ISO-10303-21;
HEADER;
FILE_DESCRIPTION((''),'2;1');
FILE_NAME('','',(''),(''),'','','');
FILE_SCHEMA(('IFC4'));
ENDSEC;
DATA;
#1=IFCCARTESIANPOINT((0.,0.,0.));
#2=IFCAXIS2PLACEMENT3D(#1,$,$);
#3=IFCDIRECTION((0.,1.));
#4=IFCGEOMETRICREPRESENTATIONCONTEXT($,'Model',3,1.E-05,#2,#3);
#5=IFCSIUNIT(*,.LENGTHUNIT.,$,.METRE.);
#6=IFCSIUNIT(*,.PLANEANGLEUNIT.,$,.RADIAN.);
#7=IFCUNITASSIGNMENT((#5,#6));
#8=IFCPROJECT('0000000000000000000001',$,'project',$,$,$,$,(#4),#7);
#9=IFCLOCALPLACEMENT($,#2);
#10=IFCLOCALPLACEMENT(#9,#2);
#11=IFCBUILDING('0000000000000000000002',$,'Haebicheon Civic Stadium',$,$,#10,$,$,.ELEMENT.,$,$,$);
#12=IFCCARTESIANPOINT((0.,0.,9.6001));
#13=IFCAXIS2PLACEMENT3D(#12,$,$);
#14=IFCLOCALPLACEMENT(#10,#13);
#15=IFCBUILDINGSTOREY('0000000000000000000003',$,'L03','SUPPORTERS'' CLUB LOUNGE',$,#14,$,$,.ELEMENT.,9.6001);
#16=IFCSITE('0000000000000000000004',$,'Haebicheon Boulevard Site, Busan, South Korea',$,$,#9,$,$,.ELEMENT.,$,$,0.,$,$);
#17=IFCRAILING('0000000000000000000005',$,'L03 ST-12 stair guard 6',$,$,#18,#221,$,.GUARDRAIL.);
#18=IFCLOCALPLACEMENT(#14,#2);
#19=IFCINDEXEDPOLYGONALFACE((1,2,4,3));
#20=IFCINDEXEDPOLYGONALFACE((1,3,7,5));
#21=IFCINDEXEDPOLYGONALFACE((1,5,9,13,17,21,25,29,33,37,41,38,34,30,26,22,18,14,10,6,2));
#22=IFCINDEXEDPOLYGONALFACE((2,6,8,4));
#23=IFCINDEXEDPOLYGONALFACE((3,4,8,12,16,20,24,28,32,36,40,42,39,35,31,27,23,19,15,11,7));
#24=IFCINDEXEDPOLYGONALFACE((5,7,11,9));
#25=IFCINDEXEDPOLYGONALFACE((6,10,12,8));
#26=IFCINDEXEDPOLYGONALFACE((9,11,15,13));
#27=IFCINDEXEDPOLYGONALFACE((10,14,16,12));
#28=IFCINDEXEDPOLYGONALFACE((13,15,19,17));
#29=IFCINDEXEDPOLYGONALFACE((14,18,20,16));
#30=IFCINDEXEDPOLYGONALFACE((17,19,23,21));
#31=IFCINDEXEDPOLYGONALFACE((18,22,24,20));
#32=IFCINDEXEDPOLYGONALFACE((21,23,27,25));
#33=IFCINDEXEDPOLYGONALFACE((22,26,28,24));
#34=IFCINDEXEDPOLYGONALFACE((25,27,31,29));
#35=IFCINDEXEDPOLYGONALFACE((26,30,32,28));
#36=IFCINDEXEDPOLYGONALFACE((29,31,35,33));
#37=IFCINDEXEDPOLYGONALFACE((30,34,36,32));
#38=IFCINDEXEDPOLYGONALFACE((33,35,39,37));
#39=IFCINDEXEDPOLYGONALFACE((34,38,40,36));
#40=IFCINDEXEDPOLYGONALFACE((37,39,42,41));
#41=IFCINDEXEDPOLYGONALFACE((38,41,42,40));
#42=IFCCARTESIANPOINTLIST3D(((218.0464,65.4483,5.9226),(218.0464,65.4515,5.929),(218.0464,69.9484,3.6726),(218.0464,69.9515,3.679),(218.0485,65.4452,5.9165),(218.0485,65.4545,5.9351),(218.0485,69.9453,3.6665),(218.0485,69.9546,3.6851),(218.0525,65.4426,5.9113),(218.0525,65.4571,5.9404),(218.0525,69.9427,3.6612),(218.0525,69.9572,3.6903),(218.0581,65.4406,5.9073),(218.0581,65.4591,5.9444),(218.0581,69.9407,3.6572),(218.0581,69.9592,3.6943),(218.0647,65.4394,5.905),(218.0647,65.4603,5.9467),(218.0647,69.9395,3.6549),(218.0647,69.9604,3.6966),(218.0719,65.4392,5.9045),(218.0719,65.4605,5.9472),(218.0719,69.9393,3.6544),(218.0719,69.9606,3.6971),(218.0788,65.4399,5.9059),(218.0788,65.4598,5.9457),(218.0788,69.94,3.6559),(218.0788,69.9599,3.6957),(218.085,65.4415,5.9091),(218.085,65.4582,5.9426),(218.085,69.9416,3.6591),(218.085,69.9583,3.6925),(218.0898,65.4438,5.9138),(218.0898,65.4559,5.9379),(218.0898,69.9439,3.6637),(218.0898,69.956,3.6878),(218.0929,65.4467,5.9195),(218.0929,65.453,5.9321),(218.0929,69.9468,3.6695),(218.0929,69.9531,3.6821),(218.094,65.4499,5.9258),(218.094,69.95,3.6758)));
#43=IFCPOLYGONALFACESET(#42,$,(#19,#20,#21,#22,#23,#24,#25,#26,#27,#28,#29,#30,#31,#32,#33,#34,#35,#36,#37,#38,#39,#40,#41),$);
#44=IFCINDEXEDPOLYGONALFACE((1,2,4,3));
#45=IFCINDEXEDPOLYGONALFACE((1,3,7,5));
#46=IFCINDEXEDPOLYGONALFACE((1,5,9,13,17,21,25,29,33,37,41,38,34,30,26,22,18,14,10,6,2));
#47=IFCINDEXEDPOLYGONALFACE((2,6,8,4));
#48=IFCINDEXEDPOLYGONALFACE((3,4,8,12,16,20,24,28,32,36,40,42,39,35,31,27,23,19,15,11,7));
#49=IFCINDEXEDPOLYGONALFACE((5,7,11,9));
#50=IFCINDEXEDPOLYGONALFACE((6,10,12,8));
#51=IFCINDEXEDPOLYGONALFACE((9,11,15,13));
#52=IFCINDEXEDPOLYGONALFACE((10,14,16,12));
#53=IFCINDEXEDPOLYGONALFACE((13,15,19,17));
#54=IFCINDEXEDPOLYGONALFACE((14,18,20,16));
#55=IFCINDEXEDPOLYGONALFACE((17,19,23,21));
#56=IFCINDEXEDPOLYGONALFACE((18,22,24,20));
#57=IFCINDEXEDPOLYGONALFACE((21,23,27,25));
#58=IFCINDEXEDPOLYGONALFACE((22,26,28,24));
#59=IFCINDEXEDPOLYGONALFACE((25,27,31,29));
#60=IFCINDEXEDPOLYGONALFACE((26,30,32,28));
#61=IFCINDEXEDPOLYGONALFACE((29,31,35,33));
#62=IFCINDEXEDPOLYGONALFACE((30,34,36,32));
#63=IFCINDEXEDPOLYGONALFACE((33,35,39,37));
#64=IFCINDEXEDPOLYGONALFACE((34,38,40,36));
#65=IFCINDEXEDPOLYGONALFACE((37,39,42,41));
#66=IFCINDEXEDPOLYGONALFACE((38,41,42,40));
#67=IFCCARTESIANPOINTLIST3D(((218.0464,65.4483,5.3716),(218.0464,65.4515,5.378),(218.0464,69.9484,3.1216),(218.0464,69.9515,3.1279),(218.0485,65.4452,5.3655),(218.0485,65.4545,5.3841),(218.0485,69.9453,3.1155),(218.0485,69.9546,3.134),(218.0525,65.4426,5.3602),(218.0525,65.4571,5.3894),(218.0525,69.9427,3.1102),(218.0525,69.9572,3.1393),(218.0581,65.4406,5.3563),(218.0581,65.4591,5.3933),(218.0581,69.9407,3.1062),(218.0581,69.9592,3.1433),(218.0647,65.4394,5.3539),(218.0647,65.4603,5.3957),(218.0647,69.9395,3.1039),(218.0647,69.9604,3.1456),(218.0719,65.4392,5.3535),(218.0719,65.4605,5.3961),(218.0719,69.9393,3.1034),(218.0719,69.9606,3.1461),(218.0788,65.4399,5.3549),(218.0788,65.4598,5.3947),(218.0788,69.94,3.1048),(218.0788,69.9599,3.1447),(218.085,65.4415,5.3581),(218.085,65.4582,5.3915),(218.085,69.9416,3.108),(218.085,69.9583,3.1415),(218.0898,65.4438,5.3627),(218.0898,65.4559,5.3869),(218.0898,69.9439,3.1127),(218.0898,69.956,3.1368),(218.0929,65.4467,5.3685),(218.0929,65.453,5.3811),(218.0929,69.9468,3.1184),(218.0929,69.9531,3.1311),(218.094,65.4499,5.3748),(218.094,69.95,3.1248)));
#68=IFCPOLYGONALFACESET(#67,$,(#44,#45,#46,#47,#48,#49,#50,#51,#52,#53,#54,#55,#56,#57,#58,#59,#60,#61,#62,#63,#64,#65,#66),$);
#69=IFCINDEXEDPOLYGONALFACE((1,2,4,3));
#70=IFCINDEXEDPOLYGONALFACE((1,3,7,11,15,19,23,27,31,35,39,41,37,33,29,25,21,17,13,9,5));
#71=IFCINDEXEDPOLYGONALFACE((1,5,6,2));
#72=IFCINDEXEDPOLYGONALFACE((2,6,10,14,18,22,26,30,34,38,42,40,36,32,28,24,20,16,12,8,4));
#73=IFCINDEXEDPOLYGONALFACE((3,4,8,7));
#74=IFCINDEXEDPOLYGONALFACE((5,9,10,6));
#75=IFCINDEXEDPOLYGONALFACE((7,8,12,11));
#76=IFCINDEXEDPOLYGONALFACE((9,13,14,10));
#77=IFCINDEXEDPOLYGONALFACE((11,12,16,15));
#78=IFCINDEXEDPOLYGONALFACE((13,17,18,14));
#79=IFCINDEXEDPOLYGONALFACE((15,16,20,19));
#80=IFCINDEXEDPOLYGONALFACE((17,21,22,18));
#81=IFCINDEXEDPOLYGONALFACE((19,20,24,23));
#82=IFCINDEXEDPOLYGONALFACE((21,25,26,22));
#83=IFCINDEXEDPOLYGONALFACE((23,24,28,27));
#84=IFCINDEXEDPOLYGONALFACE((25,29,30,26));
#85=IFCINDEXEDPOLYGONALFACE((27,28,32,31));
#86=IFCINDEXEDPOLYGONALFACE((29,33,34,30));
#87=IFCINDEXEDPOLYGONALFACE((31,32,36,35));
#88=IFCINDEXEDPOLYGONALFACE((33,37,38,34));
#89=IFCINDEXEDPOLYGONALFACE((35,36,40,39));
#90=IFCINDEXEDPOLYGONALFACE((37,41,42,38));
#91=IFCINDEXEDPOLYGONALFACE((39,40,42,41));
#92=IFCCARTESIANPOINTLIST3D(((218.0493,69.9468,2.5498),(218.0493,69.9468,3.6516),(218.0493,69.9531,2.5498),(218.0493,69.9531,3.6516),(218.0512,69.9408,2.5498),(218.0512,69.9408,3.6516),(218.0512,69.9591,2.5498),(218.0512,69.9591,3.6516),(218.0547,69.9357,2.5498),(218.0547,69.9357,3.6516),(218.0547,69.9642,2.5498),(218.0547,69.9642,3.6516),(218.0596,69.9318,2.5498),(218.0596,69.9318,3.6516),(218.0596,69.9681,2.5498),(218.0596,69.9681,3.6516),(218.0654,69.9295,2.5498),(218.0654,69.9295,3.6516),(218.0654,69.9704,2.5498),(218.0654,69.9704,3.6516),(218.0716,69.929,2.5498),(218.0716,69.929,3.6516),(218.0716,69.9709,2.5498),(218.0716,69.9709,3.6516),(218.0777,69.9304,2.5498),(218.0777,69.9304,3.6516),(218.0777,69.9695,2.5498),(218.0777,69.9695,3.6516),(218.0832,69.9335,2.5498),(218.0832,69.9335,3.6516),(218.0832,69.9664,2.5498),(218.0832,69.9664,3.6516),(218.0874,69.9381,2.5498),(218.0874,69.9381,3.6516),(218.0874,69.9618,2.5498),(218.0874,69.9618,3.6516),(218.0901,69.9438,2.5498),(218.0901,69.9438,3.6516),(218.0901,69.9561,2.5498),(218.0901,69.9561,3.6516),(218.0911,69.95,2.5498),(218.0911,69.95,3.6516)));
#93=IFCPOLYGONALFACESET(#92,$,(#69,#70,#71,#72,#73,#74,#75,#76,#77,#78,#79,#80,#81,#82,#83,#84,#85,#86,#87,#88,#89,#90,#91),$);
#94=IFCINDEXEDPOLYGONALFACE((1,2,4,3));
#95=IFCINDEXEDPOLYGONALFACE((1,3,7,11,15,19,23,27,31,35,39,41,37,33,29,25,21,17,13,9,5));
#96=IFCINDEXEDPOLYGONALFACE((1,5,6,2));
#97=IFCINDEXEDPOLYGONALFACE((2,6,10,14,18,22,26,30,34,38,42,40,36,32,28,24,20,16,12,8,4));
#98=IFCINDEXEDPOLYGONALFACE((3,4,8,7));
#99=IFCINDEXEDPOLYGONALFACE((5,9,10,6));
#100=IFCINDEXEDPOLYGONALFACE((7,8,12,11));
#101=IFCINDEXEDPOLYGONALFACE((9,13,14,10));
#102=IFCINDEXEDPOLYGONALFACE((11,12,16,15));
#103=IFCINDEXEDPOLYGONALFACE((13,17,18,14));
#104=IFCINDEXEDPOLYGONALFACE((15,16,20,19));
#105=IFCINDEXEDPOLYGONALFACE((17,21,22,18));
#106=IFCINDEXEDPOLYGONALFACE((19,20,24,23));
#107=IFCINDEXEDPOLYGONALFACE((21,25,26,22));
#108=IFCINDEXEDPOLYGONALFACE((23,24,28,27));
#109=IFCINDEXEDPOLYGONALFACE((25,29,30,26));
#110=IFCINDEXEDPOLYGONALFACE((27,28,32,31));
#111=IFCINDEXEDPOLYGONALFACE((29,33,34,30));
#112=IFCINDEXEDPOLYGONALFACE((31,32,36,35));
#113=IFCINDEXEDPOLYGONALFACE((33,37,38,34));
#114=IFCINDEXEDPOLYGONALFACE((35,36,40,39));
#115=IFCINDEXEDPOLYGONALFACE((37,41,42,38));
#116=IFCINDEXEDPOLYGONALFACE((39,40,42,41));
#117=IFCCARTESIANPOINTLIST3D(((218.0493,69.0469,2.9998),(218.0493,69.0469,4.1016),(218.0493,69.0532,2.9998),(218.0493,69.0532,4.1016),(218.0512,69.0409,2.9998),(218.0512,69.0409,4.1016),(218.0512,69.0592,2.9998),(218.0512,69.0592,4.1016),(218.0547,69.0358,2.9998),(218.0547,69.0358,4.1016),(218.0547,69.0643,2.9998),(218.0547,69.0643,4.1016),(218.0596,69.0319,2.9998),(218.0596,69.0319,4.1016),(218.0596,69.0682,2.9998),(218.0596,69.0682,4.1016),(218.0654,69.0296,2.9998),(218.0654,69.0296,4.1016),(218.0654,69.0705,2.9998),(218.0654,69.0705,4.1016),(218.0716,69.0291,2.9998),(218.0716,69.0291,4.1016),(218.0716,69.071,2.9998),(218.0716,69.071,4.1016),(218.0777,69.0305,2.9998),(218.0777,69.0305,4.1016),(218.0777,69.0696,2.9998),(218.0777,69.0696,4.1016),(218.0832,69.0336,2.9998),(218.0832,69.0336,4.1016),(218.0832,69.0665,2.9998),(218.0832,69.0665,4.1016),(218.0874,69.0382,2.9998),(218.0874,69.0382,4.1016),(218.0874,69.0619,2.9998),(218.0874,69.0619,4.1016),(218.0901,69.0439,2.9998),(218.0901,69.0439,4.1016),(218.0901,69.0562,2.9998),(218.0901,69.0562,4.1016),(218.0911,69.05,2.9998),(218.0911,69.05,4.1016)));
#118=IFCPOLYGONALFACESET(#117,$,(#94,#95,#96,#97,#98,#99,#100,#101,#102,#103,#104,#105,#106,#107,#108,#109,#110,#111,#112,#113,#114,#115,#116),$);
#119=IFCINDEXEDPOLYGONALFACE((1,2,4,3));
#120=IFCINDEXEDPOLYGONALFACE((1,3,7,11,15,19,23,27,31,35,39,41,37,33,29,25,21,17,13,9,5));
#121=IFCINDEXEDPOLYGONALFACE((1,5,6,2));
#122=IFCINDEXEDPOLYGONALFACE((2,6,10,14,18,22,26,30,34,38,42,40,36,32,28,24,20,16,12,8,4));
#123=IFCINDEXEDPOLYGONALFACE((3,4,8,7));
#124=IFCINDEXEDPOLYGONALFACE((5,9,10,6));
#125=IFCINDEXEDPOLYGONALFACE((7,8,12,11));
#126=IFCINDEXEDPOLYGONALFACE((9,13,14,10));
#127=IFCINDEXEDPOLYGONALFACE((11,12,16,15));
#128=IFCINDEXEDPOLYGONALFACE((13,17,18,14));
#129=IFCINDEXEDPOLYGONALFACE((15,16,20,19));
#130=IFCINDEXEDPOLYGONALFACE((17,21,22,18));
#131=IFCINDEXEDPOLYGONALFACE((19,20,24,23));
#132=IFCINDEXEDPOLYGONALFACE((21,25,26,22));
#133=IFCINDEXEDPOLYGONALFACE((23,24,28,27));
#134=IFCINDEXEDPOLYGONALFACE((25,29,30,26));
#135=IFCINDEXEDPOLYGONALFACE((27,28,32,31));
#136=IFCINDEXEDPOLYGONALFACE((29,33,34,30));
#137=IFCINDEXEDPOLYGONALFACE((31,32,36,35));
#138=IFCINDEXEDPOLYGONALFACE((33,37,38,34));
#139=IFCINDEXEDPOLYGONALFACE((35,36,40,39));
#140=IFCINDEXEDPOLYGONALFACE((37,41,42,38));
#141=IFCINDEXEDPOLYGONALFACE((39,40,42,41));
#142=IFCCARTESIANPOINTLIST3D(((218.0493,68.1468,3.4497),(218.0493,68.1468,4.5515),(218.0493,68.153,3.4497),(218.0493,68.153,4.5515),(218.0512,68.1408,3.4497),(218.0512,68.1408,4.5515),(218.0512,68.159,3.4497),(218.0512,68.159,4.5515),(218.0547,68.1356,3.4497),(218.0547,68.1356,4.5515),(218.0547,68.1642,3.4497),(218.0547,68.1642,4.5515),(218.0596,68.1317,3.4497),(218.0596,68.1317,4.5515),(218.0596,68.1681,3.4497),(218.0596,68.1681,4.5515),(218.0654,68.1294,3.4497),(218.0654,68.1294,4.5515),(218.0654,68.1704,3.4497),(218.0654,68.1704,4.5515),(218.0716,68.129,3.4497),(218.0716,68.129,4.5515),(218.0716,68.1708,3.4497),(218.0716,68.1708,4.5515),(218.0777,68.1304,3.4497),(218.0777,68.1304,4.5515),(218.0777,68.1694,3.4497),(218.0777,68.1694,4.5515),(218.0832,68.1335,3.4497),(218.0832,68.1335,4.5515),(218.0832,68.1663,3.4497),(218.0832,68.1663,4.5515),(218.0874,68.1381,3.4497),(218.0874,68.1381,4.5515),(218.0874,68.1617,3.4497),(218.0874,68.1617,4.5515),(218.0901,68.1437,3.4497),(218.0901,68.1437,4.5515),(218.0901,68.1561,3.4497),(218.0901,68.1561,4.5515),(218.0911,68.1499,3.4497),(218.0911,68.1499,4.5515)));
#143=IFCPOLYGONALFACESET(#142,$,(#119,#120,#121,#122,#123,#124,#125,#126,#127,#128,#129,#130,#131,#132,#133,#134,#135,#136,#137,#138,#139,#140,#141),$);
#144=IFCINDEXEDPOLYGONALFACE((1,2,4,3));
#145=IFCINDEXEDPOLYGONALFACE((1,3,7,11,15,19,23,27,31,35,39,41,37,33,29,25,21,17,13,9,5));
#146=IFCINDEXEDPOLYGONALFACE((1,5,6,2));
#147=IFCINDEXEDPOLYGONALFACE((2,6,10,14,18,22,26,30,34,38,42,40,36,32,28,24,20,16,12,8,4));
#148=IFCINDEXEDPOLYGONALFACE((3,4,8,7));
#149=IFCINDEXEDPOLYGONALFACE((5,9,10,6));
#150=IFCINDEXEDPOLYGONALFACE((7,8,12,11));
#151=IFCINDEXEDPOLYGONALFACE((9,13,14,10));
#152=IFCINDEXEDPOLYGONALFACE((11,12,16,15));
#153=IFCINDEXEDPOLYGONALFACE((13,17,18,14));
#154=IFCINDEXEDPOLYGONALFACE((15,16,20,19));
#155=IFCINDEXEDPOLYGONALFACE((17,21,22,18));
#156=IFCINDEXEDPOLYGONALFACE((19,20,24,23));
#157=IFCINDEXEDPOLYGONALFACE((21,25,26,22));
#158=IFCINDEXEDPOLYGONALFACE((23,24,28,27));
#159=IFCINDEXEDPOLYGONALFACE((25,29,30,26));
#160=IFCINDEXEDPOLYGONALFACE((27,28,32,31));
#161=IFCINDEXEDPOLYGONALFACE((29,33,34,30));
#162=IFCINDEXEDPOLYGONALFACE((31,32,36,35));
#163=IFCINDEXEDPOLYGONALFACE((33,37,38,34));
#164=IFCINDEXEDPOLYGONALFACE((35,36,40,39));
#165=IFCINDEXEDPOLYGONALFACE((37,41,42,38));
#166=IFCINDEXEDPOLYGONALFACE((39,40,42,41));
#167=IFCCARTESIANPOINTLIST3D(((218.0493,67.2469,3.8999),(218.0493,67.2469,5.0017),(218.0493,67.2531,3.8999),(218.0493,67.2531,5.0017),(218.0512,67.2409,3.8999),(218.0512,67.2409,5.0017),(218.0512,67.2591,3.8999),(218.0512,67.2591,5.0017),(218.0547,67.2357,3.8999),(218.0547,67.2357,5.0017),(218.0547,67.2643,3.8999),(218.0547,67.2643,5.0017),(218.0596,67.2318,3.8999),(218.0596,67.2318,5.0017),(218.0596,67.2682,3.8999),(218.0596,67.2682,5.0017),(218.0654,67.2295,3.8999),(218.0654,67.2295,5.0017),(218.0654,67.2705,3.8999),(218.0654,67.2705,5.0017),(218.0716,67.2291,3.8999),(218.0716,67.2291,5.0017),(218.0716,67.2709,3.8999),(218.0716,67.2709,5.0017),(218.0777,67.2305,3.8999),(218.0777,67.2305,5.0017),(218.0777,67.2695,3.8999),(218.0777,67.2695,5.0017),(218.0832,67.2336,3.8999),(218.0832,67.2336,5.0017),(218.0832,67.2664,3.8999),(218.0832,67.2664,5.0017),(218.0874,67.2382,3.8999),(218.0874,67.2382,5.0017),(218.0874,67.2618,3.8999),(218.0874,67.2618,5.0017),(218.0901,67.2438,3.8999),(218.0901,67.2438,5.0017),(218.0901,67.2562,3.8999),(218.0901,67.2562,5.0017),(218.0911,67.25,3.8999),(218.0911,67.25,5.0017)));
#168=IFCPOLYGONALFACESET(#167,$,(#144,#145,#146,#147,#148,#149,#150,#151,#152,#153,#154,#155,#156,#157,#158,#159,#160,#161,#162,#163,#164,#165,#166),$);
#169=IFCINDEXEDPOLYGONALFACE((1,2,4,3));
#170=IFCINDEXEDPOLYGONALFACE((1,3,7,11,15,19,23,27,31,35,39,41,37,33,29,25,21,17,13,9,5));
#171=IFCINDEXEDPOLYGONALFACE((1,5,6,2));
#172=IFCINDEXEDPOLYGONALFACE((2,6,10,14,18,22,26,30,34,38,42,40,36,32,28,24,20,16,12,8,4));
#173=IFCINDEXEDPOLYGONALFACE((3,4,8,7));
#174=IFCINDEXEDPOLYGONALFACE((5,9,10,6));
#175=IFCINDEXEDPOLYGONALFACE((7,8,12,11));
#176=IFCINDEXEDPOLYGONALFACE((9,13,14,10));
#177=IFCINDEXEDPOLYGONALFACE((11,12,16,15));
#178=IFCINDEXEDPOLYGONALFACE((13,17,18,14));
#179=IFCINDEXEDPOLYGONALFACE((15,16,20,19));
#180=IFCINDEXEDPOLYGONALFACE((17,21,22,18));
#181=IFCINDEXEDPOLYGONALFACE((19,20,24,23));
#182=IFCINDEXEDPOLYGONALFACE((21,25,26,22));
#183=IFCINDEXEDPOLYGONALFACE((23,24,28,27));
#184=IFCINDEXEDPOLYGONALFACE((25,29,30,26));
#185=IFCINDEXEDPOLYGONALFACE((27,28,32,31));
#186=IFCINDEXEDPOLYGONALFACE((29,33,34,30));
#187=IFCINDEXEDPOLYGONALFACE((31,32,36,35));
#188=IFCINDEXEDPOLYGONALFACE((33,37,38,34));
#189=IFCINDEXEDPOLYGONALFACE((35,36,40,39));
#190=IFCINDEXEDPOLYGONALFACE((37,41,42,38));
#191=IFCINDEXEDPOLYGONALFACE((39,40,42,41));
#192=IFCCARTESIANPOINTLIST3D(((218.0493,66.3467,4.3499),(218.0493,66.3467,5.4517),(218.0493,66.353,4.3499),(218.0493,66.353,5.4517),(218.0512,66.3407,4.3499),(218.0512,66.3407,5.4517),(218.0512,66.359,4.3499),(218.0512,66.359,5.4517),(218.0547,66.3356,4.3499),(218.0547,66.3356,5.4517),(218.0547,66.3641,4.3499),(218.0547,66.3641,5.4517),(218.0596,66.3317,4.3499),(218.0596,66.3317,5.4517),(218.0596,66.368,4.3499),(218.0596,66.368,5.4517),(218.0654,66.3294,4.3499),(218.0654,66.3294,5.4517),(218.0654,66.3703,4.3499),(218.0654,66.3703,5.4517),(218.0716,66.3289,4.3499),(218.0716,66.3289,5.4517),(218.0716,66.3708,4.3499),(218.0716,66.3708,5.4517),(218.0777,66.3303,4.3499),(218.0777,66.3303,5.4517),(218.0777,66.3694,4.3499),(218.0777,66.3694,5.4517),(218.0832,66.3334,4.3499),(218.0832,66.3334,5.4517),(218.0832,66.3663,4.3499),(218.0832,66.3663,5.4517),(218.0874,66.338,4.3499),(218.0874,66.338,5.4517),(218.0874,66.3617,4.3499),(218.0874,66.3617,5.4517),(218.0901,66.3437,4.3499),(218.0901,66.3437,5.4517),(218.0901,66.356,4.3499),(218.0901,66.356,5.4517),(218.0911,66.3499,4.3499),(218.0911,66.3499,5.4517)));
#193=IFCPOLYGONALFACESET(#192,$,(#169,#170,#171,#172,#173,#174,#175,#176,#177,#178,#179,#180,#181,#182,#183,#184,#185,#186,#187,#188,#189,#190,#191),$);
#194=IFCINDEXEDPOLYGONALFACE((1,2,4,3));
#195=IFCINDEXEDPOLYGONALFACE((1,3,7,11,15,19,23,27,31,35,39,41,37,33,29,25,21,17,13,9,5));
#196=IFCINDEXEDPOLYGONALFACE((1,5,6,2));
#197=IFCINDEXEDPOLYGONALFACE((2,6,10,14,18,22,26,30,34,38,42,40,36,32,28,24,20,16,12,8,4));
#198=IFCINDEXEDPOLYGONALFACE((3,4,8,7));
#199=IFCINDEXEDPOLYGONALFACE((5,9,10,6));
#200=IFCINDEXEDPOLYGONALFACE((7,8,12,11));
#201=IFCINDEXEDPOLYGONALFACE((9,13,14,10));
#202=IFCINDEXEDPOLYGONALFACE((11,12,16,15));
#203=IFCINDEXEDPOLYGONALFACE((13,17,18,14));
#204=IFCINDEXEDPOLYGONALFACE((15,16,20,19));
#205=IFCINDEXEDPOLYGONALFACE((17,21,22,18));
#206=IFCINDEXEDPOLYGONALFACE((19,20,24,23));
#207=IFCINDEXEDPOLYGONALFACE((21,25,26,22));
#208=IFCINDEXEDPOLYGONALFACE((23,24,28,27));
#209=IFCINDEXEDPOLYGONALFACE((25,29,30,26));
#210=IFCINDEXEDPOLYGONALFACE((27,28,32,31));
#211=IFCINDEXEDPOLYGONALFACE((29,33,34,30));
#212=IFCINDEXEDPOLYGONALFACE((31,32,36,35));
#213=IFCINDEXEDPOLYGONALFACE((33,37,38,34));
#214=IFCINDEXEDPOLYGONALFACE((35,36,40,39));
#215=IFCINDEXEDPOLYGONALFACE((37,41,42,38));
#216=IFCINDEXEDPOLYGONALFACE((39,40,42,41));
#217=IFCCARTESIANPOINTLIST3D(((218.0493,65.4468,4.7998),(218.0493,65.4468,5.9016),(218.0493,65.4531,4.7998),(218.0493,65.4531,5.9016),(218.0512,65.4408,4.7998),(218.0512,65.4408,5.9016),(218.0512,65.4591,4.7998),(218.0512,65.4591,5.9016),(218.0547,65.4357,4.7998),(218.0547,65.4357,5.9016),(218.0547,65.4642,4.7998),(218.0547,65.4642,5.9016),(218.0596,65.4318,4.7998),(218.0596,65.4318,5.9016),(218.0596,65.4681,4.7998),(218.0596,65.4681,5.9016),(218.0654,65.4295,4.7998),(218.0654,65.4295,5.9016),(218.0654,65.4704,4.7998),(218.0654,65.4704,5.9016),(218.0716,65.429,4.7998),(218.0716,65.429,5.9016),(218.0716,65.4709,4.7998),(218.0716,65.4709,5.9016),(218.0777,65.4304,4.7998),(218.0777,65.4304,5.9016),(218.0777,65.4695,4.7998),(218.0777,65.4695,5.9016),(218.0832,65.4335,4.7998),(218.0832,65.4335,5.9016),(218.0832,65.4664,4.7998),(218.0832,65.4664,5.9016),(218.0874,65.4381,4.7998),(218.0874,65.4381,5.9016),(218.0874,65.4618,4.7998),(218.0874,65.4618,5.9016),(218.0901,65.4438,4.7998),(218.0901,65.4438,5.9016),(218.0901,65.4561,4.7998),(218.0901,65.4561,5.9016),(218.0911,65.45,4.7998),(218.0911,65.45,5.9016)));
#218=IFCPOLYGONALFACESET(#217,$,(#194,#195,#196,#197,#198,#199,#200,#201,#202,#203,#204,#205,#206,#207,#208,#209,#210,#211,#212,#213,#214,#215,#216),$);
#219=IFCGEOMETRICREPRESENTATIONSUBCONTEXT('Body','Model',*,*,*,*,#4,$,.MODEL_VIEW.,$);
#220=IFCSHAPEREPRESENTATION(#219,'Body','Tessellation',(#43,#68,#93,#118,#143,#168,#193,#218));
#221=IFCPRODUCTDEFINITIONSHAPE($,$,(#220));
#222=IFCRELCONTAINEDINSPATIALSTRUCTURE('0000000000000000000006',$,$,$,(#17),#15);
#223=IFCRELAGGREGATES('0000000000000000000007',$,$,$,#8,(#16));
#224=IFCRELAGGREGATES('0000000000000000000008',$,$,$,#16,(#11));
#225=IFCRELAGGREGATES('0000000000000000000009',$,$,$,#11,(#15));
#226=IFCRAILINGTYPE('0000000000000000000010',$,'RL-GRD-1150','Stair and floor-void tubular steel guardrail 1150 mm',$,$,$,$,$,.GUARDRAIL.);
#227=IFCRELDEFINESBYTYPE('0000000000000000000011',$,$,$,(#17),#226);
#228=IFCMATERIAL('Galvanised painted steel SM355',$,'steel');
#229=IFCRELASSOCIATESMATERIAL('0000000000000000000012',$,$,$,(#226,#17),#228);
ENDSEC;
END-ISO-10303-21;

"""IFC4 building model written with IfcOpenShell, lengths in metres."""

from ifc_helpers import new_model, si_unit, direction, frame, origin, origin_2d, place, context, subcontext, project, spatial, circle, extrude, material, type_object, element, save


model = new_model("IFC4")

# Units and contexts
model_context = context("Model", 3, precision=1e-05, world=origin(), true_north=direction((0.0, 1.0)))
body_context = subcontext(model_context, "Body", "Model", "MODEL_VIEW")
ifc_project = project(units=[si_unit("LENGTHUNIT", "METRE"), si_unit("PLANEANGLEUNIT", "RADIAN")], contexts=[model_context])

# Site, building, storey
site_placement = place(None, origin())
site = spatial("IfcSite", under=ifc_project, at=site_placement, Name="Haebicheon Boulevard Site, Busan, South Korea", CompositionType="ELEMENT", RefElevation=0.0)
building_placement = place(site_placement, origin())
building = spatial("IfcBuilding", under=site, at=building_placement, Name="Haebicheon Civic Stadium", CompositionType="ELEMENT")
storey_placement = place(building_placement, frame((0.0, 0.0, 9.6001)))
storey = spatial("IfcBuildingStorey", under=building, at=storey_placement, Name="L03", Description="SUPPORTERS' CLUB LOUNGE", CompositionType="ELEMENT", Elevation=9.6001)

# Railing
ifc_material_1 = material(Name="Galvanised painted steel SM355", Category="steel")
railing_type_1 = type_object("IfcRailingType", Name="RL-GRD-1150", Description="Stair and floor-void tubular steel guardrail 1150 mm", PredefinedType="GUARDRAIL", material=ifc_material_1)
railing_1_placement = place(storey_placement, frame((218.0701, 69.95, 2.5498)))
element("IfcRailing", 1, at=railing_1_placement, inside=storey, type_object=railing_type_1, material=ifc_material_1, Name="L03 ST-12 stair guard 6", PredefinedType="GUARDRAIL", context=body_context, shape_type="SweptSolid", body=[
    extrude(circle(Radius=0.0239, at=origin_2d()), frame((0.0, 0.0, 1.126), z_axis=(0.0, -0.894427, 0.447214), x_axis=(1.0, 0.0, 0.0)), (0.0, 0.0, 1.0), 5.0312),
    extrude(circle(Radius=0.0239, at=origin_2d()), frame((0.0, 0.0, 0.575), z_axis=(0.0, -0.894427, 0.447214), x_axis=(1.0, 0.0, 0.0)), (0.0, 0.0, 1.0), 5.0312),
    extrude(circle(Radius=0.021, at=origin_2d()), origin(), (0.0, 0.0, 1.0), 1.1018),
    extrude(circle(Radius=0.021, at=origin_2d()), frame((0.0, -0.8999, 0.45)), (0.0, 0.0, 1.0), 1.1018),
    extrude(circle(Radius=0.021, at=origin_2d()), frame((0.0, -1.8, 0.8999)), (0.0, 0.0, 1.0), 1.1018),
    extrude(circle(Radius=0.021, at=origin_2d()), frame((0.0, -2.7, 1.3501)), (0.0, 0.0, 1.0), 1.1018),
    extrude(circle(Radius=0.021, at=origin_2d()), frame((0.0, -3.6001, 1.8)), (0.0, 0.0, 1.0), 1.1018),
    extrude(circle(Radius=0.021, at=origin_2d()), frame((0.0, -4.5, 2.25)), (0.0, 0.0, 1.0), 1.1018),
])

save(model, "model.ifc")
